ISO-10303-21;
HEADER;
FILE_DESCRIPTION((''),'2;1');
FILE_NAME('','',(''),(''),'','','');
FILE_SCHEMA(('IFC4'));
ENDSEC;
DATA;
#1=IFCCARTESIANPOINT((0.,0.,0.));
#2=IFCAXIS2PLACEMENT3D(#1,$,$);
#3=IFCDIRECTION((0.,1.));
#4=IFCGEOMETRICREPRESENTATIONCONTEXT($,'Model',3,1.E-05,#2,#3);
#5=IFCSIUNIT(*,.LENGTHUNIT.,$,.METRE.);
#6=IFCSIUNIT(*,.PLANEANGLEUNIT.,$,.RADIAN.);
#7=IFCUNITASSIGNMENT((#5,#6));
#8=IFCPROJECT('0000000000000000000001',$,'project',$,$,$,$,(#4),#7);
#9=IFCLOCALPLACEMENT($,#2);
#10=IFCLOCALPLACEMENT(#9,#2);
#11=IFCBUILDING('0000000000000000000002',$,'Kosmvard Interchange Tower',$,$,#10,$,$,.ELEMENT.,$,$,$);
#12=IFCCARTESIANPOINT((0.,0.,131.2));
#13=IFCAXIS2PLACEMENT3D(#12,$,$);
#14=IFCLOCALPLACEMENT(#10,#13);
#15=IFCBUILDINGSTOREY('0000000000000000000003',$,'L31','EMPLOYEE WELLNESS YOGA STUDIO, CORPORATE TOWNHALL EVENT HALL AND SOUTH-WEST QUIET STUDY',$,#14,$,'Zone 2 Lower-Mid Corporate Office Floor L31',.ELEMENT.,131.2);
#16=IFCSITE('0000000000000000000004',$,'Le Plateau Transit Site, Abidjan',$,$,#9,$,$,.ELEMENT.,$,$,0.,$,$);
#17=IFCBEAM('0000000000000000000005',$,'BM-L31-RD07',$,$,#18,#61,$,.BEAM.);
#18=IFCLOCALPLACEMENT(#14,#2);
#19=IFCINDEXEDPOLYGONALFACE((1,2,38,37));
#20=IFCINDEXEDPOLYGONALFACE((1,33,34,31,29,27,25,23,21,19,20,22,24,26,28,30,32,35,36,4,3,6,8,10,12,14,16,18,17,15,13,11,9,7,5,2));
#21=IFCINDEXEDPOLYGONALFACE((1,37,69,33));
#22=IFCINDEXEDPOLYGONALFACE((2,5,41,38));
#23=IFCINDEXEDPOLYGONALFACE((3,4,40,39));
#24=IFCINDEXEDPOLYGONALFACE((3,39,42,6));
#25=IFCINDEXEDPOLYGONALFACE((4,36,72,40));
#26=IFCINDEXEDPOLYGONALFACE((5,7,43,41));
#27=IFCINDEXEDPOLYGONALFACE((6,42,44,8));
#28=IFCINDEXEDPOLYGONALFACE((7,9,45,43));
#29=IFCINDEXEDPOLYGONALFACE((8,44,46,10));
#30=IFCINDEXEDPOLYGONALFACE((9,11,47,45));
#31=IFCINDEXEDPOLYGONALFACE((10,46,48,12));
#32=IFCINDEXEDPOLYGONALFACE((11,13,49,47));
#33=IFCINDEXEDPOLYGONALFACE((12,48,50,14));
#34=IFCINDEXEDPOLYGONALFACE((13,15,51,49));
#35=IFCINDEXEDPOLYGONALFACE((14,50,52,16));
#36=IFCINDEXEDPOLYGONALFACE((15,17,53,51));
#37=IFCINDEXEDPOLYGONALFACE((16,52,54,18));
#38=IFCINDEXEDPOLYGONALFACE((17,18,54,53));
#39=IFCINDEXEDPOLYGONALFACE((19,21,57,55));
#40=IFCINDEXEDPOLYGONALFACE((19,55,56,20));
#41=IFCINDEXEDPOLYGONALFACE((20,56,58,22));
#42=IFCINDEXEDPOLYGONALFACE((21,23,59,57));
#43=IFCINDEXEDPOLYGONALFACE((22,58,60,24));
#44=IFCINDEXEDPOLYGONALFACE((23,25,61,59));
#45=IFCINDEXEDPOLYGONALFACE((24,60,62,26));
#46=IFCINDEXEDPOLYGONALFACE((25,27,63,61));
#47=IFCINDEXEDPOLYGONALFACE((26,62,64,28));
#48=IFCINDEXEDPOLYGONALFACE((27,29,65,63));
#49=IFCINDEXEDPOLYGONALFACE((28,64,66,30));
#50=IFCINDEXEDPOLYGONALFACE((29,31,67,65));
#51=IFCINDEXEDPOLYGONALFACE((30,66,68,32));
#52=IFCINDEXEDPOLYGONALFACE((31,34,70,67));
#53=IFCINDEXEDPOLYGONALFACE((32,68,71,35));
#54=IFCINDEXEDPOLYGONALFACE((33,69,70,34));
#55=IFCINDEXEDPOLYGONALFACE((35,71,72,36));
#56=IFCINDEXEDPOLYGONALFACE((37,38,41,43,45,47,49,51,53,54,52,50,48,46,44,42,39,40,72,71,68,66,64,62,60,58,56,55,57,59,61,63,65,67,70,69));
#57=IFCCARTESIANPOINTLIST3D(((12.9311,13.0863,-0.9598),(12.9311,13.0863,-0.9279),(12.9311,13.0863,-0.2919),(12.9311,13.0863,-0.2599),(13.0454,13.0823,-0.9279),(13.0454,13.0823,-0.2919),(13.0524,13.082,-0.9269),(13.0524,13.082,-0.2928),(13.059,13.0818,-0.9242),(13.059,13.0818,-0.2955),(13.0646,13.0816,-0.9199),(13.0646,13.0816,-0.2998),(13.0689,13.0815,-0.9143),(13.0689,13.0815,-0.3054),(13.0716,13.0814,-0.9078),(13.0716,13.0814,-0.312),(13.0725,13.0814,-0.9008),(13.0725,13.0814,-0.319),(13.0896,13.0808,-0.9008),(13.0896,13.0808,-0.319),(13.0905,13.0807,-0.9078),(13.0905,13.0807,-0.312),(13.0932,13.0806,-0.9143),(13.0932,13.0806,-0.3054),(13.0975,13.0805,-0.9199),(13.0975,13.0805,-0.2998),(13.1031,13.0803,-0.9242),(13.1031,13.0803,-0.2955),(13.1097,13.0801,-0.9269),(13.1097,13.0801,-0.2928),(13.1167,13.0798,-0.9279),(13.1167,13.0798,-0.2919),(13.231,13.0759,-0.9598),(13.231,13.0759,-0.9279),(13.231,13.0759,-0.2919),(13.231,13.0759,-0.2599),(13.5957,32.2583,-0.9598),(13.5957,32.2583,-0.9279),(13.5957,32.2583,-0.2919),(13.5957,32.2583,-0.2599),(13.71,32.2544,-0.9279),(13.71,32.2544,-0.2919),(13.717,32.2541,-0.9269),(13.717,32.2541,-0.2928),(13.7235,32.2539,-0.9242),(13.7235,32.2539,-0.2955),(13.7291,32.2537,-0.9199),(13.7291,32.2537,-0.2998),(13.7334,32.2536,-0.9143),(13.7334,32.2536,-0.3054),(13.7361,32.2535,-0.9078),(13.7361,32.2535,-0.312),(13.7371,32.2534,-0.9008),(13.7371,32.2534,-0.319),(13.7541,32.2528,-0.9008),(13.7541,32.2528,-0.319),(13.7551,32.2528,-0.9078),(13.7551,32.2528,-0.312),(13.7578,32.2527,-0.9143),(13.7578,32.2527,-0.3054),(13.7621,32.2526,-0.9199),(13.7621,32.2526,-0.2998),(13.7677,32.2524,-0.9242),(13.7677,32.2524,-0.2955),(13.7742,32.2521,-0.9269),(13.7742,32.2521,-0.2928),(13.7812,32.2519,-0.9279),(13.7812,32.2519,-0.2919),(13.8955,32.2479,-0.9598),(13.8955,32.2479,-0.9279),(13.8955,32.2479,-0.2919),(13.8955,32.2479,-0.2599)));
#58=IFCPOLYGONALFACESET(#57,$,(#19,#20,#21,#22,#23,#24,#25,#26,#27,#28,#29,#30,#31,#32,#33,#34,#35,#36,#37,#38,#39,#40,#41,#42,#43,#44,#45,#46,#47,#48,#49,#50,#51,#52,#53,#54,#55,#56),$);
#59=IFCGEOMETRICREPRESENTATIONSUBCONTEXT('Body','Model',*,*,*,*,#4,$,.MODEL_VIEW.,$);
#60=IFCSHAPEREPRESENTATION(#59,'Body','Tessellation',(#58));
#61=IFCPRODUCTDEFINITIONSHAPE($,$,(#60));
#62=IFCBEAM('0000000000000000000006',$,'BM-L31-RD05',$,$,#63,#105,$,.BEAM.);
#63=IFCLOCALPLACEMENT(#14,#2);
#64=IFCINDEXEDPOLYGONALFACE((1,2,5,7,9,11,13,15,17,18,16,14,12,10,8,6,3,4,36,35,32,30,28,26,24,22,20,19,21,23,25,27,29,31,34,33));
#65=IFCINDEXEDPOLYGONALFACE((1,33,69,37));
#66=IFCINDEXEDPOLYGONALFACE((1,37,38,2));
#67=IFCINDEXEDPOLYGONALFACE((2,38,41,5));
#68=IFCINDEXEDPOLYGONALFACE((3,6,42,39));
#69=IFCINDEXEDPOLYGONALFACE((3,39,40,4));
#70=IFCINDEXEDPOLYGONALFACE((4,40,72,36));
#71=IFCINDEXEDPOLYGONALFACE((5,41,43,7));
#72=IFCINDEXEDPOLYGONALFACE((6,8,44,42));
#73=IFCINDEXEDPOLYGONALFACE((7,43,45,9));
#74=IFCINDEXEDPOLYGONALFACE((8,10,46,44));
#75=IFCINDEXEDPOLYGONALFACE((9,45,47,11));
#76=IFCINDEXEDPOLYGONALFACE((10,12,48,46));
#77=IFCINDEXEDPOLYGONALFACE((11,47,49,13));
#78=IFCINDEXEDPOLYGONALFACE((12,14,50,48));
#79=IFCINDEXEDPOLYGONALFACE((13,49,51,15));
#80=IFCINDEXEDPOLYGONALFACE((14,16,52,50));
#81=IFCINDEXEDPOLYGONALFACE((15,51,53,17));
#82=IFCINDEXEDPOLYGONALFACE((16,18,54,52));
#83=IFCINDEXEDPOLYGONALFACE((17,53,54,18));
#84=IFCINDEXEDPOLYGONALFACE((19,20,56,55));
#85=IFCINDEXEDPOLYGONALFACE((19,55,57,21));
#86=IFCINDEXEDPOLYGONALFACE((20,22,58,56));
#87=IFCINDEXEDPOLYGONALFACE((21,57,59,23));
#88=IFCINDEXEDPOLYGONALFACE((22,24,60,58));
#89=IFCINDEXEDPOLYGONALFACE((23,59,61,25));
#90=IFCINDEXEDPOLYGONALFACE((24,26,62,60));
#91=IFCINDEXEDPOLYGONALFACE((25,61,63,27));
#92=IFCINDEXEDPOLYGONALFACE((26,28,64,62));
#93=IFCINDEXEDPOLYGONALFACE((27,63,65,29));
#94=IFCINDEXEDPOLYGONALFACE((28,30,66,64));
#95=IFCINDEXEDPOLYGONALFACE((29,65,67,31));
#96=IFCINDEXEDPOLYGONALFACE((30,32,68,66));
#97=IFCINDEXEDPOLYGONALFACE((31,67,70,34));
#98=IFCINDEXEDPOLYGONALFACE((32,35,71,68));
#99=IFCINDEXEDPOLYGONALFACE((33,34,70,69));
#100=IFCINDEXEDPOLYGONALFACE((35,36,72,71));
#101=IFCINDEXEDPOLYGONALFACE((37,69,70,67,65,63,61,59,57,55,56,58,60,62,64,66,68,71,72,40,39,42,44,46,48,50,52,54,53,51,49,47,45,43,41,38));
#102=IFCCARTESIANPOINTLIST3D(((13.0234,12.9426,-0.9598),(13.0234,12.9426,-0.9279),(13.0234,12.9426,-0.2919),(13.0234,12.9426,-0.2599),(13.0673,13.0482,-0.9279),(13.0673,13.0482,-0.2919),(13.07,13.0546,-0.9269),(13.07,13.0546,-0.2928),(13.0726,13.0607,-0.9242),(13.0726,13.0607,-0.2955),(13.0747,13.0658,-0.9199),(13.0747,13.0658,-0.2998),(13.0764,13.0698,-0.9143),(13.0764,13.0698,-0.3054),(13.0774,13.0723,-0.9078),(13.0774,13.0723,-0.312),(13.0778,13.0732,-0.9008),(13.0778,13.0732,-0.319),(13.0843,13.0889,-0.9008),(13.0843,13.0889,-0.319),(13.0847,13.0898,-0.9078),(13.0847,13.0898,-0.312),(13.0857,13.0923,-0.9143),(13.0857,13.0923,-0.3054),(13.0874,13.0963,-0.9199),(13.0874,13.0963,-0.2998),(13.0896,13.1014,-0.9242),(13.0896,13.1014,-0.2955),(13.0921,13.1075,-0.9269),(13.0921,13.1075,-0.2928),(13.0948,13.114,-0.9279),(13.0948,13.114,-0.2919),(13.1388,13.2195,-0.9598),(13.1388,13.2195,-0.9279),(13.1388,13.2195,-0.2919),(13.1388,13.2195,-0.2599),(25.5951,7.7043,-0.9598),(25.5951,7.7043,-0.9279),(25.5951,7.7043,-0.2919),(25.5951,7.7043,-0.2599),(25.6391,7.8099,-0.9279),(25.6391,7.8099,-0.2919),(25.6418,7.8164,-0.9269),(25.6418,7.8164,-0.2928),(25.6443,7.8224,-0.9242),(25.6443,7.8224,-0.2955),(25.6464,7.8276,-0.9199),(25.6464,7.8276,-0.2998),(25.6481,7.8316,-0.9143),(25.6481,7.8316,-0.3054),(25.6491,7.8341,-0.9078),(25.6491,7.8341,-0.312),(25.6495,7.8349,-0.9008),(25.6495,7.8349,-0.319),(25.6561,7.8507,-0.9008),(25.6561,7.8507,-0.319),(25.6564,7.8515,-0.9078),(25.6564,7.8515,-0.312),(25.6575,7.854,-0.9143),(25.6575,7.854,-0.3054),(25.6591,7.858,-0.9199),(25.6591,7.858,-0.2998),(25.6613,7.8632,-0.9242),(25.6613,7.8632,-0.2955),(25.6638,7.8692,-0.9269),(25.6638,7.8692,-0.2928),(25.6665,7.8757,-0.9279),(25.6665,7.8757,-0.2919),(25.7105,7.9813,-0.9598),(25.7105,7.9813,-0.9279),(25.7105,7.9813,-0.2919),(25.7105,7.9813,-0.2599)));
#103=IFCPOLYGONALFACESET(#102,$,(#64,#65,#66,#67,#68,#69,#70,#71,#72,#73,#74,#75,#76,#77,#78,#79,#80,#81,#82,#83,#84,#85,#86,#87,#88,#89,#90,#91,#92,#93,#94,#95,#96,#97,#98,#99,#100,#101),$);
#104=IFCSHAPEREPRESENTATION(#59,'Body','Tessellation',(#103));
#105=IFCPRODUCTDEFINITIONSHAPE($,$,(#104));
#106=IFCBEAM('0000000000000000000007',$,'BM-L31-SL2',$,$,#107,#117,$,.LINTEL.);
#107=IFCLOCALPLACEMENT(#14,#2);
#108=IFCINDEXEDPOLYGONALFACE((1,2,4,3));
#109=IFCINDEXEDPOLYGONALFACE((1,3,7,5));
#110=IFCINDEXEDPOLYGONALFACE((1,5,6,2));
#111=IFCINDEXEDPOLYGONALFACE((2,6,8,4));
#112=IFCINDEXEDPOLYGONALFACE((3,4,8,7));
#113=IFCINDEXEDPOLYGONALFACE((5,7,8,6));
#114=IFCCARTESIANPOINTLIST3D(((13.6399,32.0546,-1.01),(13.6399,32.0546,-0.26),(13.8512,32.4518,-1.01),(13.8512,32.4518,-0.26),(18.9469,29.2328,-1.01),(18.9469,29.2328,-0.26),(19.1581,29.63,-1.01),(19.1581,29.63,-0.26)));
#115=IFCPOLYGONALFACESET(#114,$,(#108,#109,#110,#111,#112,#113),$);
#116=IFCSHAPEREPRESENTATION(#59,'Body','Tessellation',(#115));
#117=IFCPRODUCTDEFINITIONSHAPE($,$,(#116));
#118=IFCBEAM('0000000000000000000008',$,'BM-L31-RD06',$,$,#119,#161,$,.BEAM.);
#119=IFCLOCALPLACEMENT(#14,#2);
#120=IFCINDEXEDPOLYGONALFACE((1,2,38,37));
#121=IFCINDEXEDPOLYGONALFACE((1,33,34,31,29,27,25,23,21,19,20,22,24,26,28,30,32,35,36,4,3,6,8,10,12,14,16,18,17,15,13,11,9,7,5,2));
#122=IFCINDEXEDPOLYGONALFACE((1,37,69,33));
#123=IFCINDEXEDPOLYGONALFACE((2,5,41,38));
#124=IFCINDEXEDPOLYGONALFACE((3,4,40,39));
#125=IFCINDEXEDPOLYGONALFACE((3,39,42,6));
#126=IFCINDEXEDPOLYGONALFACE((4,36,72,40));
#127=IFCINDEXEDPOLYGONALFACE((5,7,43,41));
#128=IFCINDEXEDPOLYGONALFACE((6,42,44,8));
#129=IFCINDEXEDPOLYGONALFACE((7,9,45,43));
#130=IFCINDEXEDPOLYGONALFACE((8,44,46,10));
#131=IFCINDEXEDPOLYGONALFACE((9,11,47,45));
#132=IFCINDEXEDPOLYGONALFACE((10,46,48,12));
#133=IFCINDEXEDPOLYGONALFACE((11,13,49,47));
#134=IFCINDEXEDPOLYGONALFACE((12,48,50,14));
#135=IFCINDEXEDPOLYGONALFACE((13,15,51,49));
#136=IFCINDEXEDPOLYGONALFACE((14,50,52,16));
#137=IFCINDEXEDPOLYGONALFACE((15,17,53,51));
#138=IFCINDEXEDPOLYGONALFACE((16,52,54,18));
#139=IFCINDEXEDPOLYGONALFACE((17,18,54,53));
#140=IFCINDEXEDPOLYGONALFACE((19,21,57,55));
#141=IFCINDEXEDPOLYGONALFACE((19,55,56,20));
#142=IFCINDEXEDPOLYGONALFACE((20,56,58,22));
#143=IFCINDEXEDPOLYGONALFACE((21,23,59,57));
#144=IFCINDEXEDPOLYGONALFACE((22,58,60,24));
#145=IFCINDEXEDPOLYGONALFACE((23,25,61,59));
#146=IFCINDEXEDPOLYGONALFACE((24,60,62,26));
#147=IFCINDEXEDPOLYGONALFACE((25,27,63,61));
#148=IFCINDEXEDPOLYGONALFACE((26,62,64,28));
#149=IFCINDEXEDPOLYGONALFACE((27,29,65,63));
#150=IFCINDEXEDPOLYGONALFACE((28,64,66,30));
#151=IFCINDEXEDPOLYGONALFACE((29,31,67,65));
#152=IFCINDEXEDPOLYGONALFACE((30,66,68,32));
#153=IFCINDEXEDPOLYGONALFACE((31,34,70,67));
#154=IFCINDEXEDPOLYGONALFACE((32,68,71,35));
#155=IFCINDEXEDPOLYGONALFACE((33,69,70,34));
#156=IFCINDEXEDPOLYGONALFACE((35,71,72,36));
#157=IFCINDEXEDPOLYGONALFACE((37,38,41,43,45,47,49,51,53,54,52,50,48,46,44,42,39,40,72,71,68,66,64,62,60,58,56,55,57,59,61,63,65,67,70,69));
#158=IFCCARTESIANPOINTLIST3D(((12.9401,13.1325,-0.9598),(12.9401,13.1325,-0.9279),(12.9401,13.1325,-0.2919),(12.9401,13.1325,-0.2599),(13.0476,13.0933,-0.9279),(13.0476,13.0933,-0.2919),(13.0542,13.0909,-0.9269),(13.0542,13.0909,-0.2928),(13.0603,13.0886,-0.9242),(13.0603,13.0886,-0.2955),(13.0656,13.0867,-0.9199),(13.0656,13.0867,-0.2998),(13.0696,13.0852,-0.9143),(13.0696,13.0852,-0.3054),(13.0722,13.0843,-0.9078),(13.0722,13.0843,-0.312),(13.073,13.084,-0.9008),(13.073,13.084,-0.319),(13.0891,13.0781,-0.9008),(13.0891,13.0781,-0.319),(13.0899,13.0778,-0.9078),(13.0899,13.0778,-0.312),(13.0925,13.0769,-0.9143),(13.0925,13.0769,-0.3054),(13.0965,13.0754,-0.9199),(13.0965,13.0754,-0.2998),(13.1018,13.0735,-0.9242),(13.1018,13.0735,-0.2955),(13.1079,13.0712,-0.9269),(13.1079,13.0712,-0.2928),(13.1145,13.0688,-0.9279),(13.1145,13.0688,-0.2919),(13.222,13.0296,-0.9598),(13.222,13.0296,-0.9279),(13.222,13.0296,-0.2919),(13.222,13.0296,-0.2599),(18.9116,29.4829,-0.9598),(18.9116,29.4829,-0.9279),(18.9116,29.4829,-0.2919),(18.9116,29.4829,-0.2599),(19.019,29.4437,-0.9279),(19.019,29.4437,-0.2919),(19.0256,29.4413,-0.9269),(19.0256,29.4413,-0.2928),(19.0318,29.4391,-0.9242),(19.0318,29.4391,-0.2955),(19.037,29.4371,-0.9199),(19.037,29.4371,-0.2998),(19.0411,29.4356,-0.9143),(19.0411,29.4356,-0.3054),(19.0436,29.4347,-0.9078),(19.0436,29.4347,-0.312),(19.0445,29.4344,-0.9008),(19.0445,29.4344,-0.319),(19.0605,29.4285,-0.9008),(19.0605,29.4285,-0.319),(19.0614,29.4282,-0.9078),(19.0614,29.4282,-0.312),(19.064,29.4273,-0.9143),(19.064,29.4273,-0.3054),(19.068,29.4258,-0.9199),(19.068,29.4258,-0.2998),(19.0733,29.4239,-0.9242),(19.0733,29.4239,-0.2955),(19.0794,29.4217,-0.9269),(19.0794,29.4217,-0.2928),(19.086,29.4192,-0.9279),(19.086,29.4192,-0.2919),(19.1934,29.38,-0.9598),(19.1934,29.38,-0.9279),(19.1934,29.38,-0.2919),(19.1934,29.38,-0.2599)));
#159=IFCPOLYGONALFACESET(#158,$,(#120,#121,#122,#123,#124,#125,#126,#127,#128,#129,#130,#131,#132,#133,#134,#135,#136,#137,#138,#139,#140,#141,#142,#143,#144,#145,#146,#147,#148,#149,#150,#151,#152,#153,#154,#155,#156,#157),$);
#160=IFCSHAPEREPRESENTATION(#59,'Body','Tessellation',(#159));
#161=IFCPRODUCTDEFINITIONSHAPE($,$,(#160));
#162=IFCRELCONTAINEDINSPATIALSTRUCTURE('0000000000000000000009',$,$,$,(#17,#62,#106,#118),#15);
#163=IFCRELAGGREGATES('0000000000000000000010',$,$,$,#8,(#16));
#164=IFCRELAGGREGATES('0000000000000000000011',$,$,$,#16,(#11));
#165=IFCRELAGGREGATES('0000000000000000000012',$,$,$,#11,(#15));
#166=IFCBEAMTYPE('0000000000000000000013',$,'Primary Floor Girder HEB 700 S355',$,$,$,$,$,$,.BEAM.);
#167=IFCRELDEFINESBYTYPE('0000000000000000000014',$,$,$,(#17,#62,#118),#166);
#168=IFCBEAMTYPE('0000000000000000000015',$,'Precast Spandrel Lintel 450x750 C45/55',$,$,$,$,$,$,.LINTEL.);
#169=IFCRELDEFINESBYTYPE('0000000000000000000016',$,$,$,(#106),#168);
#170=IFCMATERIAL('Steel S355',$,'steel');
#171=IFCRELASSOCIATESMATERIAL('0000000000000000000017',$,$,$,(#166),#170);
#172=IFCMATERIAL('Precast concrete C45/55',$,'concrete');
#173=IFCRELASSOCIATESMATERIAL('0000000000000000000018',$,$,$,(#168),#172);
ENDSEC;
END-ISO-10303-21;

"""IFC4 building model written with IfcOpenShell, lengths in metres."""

from ifc_helpers import new_model, si_unit, direction, frame, origin, origin_2d, place, context, subcontext, project, spatial, rectangle, i_section, extrude, source, transform, mapped, material, material_profile, profile_set, type_object, element, save


model = new_model("IFC4")

# Units and contexts
model_context = context("Model", 3, precision=1e-05, world=origin(), true_north=direction((0.0, 1.0)))
body_context = subcontext(model_context, "Body", "Model", "MODEL_VIEW")
ifc_project = project(units=[si_unit("LENGTHUNIT", "METRE"), si_unit("PLANEANGLEUNIT", "RADIAN")], contexts=[model_context])

# Site, building, storey
site_placement = place(None, origin())
site = spatial("IfcSite", under=ifc_project, at=site_placement, Name="Le Plateau Transit Site, Abidjan", CompositionType="ELEMENT", RefElevation=0.0)
building_placement = place(site_placement, origin())
building = spatial("IfcBuilding", under=site, at=building_placement, Name="Kosmvard Interchange Tower", CompositionType="ELEMENT")
storey_placement = place(building_placement, frame((0.0, 0.0, 131.2)))
storey = spatial("IfcBuildingStorey", under=building, at=storey_placement, Name="L31", Description="EMPLOYEE WELLNESS YOGA STUDIO, CORPORATE TOWNHALL EVENT HALL AND SOUTH-WEST QUIET STUDY", LongName="Zone 2 Lower-Mid Corporate Office Floor L31", CompositionType="ELEMENT", Elevation=131.2)

# Beams
ifc_material_1 = material(Name="Steel S355", Category="steel")
ifc_material_profile_1 = material_profile(ifc_material_1, i_section(OverallWidth=0.3, OverallDepth=0.7, WebThickness=0.0171, FlangeThickness=0.032, FilletRadius=0.0271, at=origin_2d()), Name="HEB 700")
ifc_profile_set_1 = profile_set([ifc_material_profile_1], Name="Steel S355")
beam_type_1 = type_object("IfcBeamType", Name="Primary Floor Girder HEB 700 S355", PredefinedType="BEAM", material=ifc_profile_set_1)
shared_shape_1 = source(origin(), body_context, "Body", "SweptSolid", [
    extrude(i_section(OverallWidth=0.3, OverallDepth=0.7, WebThickness=0.0171, FlangeThickness=0.032, FilletRadius=0.0271, at=origin_2d()), origin(), (0.0, 0.0, 1.0), 19.1836),
])
beam_1_placement = place(storey_placement, frame((13.0811, 13.0811, -0.6099), z_axis=(0.034642, 0.9994, 0.0), x_axis=(-0.9994, 0.034642, 0.0)))
element("IfcBeam", 1, at=beam_1_placement, inside=storey, type_object=beam_type_1, Name="BM-L31-RD07", PredefinedType="BEAM", context=body_context, shape_type="MappedRepresentation", body=[
    mapped(shared_shape_1, transform((0.0, 0.0, 0.0), scale=1.0)),
])
shared_shape_2 = source(origin(), body_context, "Body", "SweptSolid", [
    extrude(i_section(OverallWidth=0.3, OverallDepth=0.7, WebThickness=0.0171, FlangeThickness=0.032, FilletRadius=0.0271, at=origin_2d()), origin(), (0.0, 0.0, 1.0), 13.6194),
])
beam_2_placement = place(storey_placement, frame((13.0811, 13.0811, -0.6099), z_axis=(0.923076, -0.384618, 0.0), x_axis=(0.384618, 0.923076, 0.0)))
element("IfcBeam", 2, at=beam_2_placement, inside=storey, type_object=beam_type_1, Name="BM-L31-RD05", PredefinedType="BEAM", context=body_context, shape_type="MappedRepresentation", body=[
    mapped(shared_shape_2, transform((0.0, 0.0, 0.0), scale=1.0)),
])
ifc_material_2 = material(Name="Precast concrete C45/55", Category="concrete")
ifc_material_profile_2 = material_profile(ifc_material_2, rectangle(XDim=0.45, YDim=0.75, at=origin_2d()), Name="SL 450x750")
ifc_profile_set_2 = profile_set([ifc_material_profile_2], Name="Precast concrete C45/55")
beam_type_2 = type_object("IfcBeamType", Name="Precast Spandrel Lintel 450x750 C45/55", PredefinedType="LINTEL", material=ifc_profile_set_2)
shared_shape_3 = source(origin(), body_context, "Body", "SweptSolid", [
    extrude(rectangle(XDim=0.45, YDim=0.75, at=origin_2d()), origin(), (0.0, 0.0, 1.0), 6.0105),
])
beam_3_placement = place(storey_placement, frame((19.0525, 29.4314, -0.635), z_axis=(-0.882944, 0.469479, 0.0), x_axis=(-0.469479, -0.882944, 0.0)))
element("IfcBeam", 3, at=beam_3_placement, inside=storey, type_object=beam_type_2, Name="BM-L31-SL2", PredefinedType="LINTEL", context=body_context, shape_type="MappedRepresentation", body=[
    mapped(shared_shape_3, transform((0.0, 0.0, 0.0), scale=1.0)),
])
shared_shape_4 = source(origin(), body_context, "Body", "SweptSolid", [
    extrude(i_section(OverallWidth=0.3, OverallDepth=0.7, WebThickness=0.0171, FlangeThickness=0.032, FilletRadius=0.0271, at=origin_2d()), origin(), (0.0, 0.0, 1.0), 17.4067),
])
beam_4_placement = place(storey_placement, frame((13.0811, 13.0811, -0.6099), z_axis=(0.343055, 0.939315, 0.0), x_axis=(-0.939315, 0.343055, 0.0)))
element("IfcBeam", 4, at=beam_4_placement, inside=storey, type_object=beam_type_1, Name="BM-L31-RD06", PredefinedType="BEAM", context=body_context, shape_type="MappedRepresentation", body=[
    mapped(shared_shape_4, transform((0.0, 0.0, 0.0), scale=1.0)),
])

save(model, "model.ifc")
